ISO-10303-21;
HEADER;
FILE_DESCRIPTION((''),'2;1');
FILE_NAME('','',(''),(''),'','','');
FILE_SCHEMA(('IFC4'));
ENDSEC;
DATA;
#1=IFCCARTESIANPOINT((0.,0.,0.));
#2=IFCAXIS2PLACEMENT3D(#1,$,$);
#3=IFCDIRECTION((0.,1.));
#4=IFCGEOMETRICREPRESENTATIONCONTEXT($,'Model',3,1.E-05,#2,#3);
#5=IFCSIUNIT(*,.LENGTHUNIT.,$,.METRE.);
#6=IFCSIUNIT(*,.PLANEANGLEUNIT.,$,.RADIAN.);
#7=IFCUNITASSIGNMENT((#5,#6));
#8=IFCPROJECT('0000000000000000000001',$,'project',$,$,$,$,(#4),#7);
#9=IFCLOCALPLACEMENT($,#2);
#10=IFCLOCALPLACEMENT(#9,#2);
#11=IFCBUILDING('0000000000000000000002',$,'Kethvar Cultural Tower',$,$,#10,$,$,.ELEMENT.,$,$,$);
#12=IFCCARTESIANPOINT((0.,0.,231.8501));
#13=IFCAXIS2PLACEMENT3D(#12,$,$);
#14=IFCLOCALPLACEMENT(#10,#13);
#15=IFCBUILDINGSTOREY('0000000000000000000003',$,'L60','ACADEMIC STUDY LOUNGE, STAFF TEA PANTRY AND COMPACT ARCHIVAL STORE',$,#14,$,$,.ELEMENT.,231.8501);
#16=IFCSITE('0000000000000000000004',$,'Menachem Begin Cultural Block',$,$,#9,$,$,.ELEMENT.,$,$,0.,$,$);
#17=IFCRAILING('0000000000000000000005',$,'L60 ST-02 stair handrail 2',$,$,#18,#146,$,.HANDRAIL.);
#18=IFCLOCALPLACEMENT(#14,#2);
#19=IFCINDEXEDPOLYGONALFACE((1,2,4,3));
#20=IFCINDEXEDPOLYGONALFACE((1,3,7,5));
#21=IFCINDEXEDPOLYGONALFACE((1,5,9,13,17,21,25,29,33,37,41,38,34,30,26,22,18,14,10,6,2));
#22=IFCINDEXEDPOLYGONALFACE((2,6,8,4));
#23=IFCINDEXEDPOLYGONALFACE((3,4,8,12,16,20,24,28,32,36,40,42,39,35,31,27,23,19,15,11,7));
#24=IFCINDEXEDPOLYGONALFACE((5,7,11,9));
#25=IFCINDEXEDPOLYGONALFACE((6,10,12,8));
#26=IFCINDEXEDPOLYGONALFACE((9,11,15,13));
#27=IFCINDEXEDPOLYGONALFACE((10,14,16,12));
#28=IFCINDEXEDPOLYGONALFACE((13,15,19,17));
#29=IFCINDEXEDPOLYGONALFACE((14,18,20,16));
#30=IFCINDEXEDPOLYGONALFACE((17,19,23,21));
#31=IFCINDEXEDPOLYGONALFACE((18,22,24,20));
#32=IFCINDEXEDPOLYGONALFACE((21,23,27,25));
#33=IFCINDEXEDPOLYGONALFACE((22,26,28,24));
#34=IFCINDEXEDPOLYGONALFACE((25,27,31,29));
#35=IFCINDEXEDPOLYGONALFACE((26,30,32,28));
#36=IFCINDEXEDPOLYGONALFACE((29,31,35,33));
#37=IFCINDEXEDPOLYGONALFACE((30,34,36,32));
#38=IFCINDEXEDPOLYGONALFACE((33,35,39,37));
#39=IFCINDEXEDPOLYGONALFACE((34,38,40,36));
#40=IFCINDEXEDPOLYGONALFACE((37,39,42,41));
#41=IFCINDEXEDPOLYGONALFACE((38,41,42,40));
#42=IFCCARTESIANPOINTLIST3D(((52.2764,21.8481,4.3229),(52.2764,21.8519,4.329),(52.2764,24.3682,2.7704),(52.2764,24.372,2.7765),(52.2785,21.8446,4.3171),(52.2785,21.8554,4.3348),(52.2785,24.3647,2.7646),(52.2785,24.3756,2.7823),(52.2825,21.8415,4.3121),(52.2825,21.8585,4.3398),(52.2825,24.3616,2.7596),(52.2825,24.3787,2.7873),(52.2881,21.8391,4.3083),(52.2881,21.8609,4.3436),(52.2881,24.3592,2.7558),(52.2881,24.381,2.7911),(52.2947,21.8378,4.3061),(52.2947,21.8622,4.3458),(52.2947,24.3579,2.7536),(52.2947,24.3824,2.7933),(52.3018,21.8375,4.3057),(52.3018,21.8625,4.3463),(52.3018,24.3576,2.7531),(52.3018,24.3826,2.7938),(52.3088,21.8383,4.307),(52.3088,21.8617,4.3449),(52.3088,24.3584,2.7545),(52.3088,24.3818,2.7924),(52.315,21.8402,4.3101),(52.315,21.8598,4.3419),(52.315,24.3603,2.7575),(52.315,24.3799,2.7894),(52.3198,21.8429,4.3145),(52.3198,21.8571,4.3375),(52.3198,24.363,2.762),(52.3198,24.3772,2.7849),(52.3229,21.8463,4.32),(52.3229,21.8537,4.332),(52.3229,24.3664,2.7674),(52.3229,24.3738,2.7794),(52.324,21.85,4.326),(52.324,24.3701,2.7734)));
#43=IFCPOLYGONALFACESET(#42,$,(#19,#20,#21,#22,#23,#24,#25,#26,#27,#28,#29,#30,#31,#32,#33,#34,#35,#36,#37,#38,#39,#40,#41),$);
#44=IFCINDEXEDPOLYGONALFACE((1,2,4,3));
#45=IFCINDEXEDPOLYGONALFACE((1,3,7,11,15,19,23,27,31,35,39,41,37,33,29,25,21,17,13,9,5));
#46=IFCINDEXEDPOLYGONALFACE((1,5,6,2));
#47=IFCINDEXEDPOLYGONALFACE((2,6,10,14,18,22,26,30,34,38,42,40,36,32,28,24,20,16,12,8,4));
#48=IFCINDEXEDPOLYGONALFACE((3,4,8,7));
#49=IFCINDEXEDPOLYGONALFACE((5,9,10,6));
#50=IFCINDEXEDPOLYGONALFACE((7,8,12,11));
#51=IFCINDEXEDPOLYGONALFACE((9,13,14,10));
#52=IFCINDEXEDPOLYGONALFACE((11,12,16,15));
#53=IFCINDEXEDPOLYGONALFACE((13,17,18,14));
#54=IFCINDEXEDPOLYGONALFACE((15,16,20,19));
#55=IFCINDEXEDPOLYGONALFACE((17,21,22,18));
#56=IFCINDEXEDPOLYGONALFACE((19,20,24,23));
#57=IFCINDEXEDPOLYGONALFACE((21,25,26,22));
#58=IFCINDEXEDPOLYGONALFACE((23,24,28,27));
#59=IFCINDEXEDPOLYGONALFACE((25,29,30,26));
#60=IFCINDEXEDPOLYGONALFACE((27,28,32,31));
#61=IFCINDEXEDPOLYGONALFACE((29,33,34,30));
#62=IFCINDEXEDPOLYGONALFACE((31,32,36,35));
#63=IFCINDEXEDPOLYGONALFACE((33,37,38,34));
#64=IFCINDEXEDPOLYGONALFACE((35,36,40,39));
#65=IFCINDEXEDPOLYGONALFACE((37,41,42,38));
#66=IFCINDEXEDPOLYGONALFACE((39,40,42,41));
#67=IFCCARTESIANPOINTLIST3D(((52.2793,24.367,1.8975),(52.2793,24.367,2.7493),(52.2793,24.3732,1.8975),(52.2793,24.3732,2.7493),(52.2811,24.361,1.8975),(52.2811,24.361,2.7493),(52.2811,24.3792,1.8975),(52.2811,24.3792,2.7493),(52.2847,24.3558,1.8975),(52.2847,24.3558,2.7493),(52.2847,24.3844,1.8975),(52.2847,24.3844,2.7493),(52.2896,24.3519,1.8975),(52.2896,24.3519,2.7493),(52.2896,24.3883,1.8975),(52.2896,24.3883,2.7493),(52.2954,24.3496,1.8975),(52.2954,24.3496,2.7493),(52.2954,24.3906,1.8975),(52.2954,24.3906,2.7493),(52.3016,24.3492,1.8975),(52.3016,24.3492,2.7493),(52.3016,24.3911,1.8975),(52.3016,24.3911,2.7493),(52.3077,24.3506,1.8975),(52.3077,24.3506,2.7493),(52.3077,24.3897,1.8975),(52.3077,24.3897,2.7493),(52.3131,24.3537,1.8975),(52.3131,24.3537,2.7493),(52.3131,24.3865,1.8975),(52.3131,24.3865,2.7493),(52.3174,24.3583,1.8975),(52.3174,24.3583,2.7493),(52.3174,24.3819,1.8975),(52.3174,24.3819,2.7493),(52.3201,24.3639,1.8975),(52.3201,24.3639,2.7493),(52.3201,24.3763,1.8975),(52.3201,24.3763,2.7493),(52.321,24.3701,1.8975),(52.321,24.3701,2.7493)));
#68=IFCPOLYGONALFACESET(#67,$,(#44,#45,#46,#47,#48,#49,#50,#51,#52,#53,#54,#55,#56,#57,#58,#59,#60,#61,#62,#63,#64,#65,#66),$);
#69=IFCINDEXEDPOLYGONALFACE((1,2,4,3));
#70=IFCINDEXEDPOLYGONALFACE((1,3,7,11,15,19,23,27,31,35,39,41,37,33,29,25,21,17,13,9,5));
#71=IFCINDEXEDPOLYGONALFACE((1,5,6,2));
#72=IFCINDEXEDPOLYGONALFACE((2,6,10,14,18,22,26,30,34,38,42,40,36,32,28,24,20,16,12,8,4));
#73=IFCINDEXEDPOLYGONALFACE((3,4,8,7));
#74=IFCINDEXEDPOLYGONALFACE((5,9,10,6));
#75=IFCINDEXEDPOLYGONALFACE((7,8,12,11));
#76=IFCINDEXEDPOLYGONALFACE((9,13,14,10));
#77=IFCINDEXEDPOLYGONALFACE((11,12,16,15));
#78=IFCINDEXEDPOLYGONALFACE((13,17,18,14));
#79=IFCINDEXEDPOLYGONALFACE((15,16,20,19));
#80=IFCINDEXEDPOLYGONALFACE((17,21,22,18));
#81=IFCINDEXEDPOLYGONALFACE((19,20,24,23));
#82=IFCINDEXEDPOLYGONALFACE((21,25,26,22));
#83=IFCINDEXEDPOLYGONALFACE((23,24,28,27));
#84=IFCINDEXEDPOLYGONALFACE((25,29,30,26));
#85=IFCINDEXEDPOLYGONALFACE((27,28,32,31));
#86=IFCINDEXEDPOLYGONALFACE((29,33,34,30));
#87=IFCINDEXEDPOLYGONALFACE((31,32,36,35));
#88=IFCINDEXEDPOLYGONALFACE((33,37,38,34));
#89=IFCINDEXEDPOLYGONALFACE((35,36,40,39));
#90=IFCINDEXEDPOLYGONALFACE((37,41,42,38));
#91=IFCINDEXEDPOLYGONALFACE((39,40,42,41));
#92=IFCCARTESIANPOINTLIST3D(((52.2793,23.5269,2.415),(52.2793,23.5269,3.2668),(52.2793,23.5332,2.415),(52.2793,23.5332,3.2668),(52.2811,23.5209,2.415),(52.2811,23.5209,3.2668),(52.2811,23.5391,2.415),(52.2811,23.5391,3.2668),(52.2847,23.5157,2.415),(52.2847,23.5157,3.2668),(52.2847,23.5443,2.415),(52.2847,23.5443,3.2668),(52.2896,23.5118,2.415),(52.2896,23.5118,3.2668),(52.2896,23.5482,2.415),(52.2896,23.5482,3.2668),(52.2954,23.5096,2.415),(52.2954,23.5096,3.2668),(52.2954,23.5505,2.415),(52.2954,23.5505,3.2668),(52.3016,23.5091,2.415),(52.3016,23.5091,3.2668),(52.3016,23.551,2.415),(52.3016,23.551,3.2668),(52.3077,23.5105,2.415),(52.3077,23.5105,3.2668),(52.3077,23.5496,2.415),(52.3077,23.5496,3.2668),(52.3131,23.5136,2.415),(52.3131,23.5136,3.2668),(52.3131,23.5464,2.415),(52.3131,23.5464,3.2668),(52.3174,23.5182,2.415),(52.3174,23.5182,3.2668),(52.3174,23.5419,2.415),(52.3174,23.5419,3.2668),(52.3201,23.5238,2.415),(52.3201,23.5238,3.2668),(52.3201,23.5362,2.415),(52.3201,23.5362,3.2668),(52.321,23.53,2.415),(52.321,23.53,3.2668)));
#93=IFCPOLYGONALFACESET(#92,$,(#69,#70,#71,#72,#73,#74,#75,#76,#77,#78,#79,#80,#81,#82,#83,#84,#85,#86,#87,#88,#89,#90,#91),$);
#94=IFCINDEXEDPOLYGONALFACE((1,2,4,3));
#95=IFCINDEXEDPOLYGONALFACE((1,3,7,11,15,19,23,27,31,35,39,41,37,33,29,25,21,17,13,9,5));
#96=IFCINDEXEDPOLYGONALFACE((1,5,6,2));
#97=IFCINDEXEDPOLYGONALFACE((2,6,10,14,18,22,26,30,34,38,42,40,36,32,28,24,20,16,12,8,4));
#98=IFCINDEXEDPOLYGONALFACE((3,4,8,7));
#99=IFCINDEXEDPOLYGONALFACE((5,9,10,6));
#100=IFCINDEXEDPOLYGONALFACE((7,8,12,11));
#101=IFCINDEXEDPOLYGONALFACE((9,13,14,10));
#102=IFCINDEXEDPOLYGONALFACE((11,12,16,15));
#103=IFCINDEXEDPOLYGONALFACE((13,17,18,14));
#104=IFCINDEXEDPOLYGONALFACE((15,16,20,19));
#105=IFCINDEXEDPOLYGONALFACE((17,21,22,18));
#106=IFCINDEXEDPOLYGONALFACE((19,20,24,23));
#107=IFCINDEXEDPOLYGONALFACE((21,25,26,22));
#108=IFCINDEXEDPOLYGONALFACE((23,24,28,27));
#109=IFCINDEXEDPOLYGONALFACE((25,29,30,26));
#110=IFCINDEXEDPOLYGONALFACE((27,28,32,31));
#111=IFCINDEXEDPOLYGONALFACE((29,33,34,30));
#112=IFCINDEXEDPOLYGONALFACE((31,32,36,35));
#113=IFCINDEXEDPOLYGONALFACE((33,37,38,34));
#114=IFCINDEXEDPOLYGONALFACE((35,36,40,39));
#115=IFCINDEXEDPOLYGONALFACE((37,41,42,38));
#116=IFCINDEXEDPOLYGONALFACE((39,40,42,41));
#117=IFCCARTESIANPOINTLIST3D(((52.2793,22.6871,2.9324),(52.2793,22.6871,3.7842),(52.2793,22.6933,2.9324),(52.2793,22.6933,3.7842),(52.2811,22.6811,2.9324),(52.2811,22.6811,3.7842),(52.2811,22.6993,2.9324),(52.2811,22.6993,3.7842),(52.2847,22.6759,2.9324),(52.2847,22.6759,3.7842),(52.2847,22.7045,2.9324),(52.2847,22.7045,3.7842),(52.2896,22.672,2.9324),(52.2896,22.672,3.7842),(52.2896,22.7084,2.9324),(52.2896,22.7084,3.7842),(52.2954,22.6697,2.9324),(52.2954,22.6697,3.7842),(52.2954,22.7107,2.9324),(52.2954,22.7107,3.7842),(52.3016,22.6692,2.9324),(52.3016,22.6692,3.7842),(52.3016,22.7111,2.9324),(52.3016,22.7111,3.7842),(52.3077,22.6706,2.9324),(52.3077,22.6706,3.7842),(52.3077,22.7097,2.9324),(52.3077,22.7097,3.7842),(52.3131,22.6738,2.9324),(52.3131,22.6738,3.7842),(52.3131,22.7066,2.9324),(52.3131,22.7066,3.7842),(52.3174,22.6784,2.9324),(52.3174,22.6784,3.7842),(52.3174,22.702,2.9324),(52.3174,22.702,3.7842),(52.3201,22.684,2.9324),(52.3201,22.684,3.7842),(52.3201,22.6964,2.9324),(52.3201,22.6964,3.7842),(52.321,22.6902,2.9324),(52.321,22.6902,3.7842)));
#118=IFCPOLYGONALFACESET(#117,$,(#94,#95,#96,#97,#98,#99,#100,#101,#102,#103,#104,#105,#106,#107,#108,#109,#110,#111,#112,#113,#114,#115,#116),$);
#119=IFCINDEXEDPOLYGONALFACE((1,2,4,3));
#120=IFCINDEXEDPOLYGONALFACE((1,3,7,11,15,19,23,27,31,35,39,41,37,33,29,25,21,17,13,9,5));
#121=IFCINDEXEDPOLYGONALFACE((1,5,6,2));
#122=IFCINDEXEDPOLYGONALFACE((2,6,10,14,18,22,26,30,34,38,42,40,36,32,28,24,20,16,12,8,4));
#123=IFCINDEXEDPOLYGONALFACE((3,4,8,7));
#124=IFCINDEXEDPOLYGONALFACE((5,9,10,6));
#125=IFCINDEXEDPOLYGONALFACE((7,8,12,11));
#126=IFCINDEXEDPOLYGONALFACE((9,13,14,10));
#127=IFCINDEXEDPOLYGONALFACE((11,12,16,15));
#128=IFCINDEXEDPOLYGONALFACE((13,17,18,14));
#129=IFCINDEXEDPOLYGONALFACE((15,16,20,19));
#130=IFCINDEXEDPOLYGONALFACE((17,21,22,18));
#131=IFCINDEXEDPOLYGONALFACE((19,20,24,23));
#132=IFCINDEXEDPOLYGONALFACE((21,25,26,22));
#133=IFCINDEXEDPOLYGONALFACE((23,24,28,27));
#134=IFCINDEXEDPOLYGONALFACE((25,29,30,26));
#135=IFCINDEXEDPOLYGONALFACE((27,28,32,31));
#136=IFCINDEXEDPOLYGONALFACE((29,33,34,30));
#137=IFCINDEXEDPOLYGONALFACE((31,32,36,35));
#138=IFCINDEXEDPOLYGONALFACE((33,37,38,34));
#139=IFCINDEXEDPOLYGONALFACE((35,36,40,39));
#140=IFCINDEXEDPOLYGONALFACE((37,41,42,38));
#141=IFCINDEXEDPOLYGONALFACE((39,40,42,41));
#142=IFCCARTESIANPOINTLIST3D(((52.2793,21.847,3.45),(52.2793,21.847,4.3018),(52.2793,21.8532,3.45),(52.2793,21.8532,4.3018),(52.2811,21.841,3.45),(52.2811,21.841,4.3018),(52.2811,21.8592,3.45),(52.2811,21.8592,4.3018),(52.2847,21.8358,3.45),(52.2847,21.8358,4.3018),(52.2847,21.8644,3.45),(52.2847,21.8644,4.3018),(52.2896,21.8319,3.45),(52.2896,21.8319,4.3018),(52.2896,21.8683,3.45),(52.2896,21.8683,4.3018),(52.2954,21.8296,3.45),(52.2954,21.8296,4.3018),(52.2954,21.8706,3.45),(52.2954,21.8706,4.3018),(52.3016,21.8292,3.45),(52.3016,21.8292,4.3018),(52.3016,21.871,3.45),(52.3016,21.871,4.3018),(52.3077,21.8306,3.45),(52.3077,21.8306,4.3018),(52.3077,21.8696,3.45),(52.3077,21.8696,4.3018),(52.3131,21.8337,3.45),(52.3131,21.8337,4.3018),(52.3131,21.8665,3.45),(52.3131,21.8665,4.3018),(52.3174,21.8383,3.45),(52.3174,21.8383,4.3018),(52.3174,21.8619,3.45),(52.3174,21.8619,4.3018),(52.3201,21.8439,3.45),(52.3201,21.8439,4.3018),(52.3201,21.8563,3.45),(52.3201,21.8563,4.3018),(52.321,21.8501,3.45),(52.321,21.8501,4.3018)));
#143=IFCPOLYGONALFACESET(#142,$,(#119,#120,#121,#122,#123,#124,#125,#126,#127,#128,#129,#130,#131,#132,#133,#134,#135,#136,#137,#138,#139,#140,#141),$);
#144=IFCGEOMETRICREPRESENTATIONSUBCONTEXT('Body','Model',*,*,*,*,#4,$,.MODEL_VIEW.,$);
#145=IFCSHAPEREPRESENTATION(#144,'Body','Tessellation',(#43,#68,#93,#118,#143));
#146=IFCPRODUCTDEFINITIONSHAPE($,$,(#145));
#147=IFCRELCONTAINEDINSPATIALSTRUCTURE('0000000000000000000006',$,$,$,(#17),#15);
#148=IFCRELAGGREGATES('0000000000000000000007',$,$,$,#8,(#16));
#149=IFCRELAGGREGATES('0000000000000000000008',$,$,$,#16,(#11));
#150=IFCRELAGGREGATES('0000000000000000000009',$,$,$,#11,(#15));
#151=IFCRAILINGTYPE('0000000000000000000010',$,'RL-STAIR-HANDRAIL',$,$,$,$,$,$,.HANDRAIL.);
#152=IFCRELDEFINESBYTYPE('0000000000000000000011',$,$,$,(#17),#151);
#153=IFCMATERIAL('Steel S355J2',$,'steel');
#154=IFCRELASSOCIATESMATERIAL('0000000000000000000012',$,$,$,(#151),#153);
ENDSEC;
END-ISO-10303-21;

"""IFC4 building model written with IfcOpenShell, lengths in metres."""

from ifc_helpers import new_model, si_unit, direction, frame, origin, origin_2d, place, context, subcontext, project, spatial, circle, extrude, material, type_object, element, save


model = new_model("IFC4")

# Units and contexts
model_context = context("Model", 3, precision=1e-05, world=origin(), true_north=direction((0.0, 1.0)))
body_context = subcontext(model_context, "Body", "Model", "MODEL_VIEW")
ifc_project = project(units=[si_unit("LENGTHUNIT", "METRE"), si_unit("PLANEANGLEUNIT", "RADIAN")], contexts=[model_context])

# Site, building, storey
site_placement = place(None, origin())
site = spatial("IfcSite", under=ifc_project, at=site_placement, Name="Menachem Begin Cultural Block", CompositionType="ELEMENT", RefElevation=0.0)
building_placement = place(site_placement, origin())
building = spatial("IfcBuilding", under=site, at=building_placement, Name="Kethvar Cultural Tower", CompositionType="ELEMENT")
storey_placement = place(building_placement, frame((0.0, 0.0, 231.8501)))
storey = spatial("IfcBuildingStorey", under=building, at=storey_placement, Name="L60", Description="ACADEMIC STUDY LOUNGE, STAFF TEA PANTRY AND COMPACT ARCHIVAL STORE", CompositionType="ELEMENT", Elevation=231.8501)

# Shared definitions
ifc_material_1 = material(Name="Steel S355J2", Category="steel")

# Railing
railing_type_1 = type_object("IfcRailingType", Name="RL-STAIR-HANDRAIL", PredefinedType="HANDRAIL", material=ifc_material_1)
railing_1_placement = place(storey_placement, frame((52.3, 24.3701, 1.8975)))
element("IfcRailing", 1, at=railing_1_placement, inside=storey, type_object=railing_type_1, Name="L60 ST-02 stair handrail 2", PredefinedType="HANDRAIL", context=body_context, shape_type="SweptSolid", body=[
    extrude(circle(Radius=0.0239, at=origin_2d()), frame((0.0, 0.0, 0.876), z_axis=(0.0, -0.8514, 0.524516), x_axis=(1.0, 0.0, 0.0)), (0.0, 0.0, 1.0), 2.96),
    extrude(circle(Radius=0.021, at=origin_2d()), origin(), (0.0, 0.0, 1.0), 0.8518),
    extrude(circle(Radius=0.021, at=origin_2d()), frame((0.0, -0.8401, 0.5176)), (0.0, 0.0, 1.0), 0.8518),
    extrude(circle(Radius=0.021, at=origin_2d()), frame((0.0, -1.6799, 1.0349)), (0.0, 0.0, 1.0), 0.8518),
    extrude(circle(Radius=0.021, at=origin_2d()), frame((0.0, -2.52, 1.5525)), (0.0, 0.0, 1.0), 0.8518),
])

save(model, "model.ifc")
